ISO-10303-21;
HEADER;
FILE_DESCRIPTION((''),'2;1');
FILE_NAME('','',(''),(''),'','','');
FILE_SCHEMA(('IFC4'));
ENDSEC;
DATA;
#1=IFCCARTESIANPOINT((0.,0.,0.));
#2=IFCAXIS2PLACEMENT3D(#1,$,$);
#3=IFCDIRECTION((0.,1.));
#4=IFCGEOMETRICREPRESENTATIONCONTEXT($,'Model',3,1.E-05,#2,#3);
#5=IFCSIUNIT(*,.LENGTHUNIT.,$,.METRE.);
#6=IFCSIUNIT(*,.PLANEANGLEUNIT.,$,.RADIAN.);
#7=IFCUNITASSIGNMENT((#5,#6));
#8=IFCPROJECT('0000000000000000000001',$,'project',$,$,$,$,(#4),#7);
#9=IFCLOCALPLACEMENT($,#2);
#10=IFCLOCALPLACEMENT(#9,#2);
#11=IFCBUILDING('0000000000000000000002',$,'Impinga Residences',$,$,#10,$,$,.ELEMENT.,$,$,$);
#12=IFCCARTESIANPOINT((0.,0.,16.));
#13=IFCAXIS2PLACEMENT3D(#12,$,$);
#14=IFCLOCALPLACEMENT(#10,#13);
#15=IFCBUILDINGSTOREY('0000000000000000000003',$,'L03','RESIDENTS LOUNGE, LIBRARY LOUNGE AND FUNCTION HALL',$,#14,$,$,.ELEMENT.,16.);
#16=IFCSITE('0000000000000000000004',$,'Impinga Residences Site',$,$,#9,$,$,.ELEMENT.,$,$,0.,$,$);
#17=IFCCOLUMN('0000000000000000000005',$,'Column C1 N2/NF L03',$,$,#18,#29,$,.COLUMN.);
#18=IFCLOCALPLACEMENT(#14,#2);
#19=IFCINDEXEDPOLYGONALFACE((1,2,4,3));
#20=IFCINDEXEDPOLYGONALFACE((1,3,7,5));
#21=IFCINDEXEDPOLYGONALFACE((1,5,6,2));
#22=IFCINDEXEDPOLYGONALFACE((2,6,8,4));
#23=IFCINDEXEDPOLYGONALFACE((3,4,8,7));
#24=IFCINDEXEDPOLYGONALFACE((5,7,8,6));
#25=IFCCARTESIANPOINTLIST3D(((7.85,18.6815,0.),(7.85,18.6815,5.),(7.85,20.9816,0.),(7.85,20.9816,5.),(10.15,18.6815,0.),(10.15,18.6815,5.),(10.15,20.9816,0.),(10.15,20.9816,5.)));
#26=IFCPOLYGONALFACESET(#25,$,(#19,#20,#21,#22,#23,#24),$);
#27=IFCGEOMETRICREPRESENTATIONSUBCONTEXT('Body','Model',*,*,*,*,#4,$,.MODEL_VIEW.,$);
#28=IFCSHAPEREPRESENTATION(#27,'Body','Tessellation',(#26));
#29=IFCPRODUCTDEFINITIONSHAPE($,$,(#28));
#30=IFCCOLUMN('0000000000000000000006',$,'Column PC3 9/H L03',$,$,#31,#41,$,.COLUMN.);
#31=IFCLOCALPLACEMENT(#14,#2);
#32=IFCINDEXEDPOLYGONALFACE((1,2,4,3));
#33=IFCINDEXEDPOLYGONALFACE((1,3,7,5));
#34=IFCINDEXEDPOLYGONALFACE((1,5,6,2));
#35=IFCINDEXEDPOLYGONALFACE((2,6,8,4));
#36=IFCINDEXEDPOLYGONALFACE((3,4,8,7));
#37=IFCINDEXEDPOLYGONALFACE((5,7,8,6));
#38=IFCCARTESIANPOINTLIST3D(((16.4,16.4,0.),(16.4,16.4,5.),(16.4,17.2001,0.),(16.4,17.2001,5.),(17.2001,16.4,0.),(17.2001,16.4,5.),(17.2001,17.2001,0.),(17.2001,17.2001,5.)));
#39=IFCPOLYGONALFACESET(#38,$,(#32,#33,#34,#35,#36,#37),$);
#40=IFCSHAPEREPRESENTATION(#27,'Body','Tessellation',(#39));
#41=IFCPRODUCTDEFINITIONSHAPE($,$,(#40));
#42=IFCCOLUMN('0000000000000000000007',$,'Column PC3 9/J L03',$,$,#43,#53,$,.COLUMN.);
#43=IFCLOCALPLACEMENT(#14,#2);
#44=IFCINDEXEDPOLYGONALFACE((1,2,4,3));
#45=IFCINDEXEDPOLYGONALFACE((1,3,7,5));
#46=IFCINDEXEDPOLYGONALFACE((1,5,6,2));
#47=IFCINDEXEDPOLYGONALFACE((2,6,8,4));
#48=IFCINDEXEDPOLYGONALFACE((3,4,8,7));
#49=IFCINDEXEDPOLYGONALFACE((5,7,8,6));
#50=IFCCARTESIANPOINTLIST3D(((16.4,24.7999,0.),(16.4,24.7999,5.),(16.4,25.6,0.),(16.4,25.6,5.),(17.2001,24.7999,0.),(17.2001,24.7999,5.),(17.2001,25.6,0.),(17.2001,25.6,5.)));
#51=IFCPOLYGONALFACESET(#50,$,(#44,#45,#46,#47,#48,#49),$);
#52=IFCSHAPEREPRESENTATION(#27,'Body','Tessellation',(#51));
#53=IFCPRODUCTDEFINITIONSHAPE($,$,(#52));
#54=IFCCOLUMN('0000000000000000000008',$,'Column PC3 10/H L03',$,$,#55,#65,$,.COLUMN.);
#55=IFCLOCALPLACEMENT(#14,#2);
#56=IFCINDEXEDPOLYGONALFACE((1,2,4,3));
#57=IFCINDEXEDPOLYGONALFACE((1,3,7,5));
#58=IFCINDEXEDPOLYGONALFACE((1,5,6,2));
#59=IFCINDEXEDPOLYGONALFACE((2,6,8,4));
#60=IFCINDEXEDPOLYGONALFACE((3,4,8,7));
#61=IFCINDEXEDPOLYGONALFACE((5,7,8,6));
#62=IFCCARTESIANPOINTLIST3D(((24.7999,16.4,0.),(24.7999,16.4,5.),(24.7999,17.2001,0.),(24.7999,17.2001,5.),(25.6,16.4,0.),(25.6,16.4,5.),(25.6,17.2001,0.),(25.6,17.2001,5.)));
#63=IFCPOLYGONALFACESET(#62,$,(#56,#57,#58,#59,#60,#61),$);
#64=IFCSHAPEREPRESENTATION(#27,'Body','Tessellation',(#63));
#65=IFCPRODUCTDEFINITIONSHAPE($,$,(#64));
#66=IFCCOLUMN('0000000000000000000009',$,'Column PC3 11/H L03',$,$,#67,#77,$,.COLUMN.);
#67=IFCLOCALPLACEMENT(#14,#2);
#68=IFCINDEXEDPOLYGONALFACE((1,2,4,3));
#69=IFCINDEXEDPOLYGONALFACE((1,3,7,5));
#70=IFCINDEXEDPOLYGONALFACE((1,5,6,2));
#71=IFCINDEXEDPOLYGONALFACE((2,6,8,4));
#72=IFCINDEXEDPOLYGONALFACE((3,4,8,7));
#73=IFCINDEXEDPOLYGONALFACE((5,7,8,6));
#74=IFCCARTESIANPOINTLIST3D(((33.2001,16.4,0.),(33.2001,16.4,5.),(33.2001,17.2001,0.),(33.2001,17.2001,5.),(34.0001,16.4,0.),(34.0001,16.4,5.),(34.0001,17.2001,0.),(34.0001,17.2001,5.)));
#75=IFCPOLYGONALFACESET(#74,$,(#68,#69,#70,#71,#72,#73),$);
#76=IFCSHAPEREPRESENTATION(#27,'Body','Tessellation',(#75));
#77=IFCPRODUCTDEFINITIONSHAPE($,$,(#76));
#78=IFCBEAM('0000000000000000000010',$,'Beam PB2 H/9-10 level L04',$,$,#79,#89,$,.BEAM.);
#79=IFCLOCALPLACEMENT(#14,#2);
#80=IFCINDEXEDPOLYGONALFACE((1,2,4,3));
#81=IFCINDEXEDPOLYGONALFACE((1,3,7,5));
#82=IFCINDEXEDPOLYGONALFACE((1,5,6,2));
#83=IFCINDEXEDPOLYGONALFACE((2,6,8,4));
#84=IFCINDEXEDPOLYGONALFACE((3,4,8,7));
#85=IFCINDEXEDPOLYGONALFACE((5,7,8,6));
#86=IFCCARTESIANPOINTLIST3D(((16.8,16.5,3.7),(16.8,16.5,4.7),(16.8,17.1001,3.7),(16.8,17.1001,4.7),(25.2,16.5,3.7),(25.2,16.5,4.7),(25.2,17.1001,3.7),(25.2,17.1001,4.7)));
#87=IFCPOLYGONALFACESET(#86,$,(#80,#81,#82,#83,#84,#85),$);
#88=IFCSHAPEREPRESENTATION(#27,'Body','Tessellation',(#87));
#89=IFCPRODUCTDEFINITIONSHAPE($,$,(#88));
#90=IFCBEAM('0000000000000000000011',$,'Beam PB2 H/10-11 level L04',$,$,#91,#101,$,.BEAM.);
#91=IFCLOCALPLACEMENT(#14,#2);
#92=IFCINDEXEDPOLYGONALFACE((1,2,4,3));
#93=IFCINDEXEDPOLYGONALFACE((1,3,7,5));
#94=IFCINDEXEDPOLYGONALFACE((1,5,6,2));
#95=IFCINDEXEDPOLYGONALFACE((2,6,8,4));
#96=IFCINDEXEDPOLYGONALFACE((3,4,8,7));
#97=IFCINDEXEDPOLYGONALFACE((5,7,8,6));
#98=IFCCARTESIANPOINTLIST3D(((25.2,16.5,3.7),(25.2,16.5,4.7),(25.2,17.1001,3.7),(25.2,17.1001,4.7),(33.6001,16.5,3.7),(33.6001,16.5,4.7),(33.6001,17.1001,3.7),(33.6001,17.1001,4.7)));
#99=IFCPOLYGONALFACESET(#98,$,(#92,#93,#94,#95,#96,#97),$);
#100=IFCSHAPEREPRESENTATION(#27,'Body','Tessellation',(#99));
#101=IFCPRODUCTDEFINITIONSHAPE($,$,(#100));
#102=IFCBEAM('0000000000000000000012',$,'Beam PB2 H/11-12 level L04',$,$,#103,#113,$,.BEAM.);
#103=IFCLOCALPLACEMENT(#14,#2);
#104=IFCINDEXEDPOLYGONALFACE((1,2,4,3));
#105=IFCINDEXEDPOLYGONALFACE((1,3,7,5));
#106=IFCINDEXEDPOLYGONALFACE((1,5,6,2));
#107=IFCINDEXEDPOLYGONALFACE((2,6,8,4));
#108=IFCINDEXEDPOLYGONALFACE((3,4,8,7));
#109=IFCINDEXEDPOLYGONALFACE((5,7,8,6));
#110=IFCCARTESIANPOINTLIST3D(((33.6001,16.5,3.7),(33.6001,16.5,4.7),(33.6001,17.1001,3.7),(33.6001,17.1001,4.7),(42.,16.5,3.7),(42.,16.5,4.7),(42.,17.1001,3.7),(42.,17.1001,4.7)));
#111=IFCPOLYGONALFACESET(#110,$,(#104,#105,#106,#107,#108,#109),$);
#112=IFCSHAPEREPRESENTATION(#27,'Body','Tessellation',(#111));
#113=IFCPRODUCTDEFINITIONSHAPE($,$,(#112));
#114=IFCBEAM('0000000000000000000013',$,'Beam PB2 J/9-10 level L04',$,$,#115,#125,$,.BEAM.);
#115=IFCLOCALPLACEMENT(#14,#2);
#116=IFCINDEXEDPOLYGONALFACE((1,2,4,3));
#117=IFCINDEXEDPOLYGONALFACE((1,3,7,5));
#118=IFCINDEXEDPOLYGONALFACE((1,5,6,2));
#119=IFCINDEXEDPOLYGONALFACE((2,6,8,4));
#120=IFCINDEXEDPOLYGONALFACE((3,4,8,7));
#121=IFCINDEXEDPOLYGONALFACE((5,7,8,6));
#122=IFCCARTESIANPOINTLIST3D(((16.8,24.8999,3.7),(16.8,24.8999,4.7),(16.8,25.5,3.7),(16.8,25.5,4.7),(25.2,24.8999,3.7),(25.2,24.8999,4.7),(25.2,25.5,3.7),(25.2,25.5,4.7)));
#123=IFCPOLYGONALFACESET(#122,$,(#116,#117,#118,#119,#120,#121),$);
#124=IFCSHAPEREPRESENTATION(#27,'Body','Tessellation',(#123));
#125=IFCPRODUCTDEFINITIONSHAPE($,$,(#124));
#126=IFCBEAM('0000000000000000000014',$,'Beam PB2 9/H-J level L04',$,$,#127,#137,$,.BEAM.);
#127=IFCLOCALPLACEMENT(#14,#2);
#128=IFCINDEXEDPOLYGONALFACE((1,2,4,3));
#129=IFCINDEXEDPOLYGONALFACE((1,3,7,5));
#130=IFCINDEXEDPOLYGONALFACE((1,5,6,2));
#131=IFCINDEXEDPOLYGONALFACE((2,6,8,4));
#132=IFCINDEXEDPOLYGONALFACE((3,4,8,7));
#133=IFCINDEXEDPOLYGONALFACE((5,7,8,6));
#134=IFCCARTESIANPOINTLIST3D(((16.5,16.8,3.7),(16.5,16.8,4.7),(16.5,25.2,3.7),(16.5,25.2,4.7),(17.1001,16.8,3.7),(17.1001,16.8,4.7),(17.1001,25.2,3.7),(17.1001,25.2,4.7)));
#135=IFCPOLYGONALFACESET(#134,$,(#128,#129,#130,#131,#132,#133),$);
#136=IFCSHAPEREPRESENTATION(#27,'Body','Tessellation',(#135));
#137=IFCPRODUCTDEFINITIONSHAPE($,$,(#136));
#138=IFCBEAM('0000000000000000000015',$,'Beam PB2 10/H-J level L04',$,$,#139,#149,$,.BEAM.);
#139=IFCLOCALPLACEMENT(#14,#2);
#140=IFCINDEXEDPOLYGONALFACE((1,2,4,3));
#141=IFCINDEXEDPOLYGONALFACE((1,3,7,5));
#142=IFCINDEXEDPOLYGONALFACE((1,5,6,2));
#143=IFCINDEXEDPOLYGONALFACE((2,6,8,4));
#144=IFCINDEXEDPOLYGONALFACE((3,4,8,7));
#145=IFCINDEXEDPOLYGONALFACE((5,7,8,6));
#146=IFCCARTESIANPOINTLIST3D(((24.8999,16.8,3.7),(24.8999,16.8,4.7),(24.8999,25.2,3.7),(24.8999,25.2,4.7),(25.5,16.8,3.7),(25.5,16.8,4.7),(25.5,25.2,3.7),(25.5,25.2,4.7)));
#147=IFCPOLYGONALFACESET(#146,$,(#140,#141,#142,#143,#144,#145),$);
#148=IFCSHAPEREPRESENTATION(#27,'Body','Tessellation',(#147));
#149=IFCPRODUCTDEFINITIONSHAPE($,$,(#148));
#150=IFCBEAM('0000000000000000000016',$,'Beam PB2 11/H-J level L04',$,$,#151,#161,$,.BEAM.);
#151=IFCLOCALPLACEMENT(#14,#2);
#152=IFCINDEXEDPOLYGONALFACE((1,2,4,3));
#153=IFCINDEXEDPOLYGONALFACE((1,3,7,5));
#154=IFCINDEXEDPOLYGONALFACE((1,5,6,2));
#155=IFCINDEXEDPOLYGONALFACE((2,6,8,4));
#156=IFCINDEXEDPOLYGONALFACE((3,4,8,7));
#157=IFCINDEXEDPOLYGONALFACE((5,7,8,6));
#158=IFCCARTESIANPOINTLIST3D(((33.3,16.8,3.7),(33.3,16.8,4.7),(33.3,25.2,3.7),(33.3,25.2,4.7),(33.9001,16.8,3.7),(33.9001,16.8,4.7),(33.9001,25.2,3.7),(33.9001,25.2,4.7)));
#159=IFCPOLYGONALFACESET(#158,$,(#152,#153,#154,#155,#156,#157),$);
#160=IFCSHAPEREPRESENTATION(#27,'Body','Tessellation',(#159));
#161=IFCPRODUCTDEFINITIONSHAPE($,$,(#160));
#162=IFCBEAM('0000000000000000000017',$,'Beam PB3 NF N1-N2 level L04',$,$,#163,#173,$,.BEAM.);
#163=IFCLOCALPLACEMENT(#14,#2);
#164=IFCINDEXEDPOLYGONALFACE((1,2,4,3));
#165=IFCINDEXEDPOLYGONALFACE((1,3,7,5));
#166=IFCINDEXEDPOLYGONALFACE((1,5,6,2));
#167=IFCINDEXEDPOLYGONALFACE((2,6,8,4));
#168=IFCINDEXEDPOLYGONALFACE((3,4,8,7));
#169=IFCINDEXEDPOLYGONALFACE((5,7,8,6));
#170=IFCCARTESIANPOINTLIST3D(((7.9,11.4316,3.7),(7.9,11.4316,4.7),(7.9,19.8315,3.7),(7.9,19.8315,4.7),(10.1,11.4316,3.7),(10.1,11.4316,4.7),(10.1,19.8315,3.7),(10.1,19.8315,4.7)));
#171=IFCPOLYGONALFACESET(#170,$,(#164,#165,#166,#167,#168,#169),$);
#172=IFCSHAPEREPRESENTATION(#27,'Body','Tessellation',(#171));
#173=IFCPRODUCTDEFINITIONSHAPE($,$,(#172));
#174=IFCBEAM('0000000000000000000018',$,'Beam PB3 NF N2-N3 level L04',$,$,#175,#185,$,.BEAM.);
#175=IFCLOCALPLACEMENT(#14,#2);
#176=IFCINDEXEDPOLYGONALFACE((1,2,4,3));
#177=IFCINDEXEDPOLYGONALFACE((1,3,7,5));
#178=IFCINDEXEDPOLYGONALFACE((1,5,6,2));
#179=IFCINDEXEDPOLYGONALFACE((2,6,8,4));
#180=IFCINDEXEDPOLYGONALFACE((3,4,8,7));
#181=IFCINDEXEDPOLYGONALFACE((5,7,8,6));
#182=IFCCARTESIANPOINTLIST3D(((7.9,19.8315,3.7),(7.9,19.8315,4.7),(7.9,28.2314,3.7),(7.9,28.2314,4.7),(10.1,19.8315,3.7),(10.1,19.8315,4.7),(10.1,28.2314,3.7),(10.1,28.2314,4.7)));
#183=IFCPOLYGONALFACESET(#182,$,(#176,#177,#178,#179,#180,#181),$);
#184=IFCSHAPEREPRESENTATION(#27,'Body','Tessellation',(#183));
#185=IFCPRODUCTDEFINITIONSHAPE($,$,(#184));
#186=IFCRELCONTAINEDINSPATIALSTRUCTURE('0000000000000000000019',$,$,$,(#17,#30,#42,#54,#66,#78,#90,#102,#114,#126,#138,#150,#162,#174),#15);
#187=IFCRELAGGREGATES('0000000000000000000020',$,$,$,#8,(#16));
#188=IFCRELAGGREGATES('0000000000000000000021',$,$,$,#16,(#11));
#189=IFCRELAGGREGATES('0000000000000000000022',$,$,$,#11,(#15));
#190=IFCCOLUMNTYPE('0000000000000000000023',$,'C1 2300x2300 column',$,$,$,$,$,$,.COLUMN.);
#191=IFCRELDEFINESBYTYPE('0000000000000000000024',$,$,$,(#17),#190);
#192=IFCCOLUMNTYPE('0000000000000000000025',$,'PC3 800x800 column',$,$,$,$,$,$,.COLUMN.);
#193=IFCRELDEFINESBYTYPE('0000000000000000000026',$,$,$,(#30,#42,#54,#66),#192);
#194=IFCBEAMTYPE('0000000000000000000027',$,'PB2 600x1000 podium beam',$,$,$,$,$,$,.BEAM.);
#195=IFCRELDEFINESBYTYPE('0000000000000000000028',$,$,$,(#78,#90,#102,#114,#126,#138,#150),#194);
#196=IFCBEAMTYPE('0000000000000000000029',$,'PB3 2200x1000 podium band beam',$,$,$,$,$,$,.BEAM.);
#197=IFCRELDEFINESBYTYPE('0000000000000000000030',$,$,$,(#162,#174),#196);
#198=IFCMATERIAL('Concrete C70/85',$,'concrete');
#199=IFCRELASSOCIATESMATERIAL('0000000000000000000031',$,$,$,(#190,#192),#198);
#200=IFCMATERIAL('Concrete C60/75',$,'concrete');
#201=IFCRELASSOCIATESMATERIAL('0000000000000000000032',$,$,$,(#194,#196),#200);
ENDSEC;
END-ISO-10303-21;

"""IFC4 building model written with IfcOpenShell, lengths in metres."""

from ifc_helpers import new_model, si_unit, direction, frame, origin, origin_2d, place, context, subcontext, project, spatial, rectangle, extrude, material, material_profile, profile_set, type_object, element, save


model = new_model("IFC4")

# Units and contexts
model_context = context("Model", 3, precision=1e-05, world=origin(), true_north=direction((0.0, 1.0)))
body_context = subcontext(model_context, "Body", "Model", "MODEL_VIEW")
ifc_project = project(units=[si_unit("LENGTHUNIT", "METRE"), si_unit("PLANEANGLEUNIT", "RADIAN")], contexts=[model_context])

# Site, building, storey
site_placement = place(None, origin())
site = spatial("IfcSite", under=ifc_project, at=site_placement, Name="Impinga Residences Site", CompositionType="ELEMENT", RefElevation=0.0)
building_placement = place(site_placement, origin())
building = spatial("IfcBuilding", under=site, at=building_placement, Name="Impinga Residences", CompositionType="ELEMENT")
storey_placement = place(building_placement, frame((0.0, 0.0, 16.0)))
storey = spatial("IfcBuildingStorey", under=building, at=storey_placement, Name="L03", Description="RESIDENTS LOUNGE, LIBRARY LOUNGE AND FUNCTION HALL", CompositionType="ELEMENT", Elevation=16.0)

# Columns
ifc_material_1 = material(Name="Concrete C70/85", Category="concrete")
ifc_material_profile_1 = material_profile(ifc_material_1, rectangle(XDim=2.3, YDim=2.3, at=origin_2d()), Name="RC 2300x2300")
ifc_profile_set_1 = profile_set([ifc_material_profile_1], Name="Concrete C70/85")
column_type_1 = type_object("IfcColumnType", Name="C1 2300x2300 column", PredefinedType="COLUMN", material=ifc_profile_set_1)
column_placement = place(storey_placement, frame((9.0, 19.8315, 0.0), z_axis=(0.0, 0.0, 1.0), x_axis=(1.0, 0.0, 0.0)))
element("IfcColumn", 1, at=column_placement, inside=storey, type_object=column_type_1, Name="Column C1 N2/NF L03", PredefinedType="COLUMN", context=body_context, shape_type="SweptSolid", body=[
    extrude(rectangle(XDim=2.3, YDim=2.3, at=origin_2d()), origin(), (0.0, 0.0, 1.0), 5.0),
])
ifc_material_profile_2 = material_profile(ifc_material_1, rectangle(XDim=0.8, YDim=0.8, at=origin_2d()), Name="RC 800x800")
ifc_profile_set_2 = profile_set([ifc_material_profile_2], Name="Concrete C70/85")
column_type_2 = type_object("IfcColumnType", Name="PC3 800x800 column", PredefinedType="COLUMN", material=ifc_profile_set_2)
for number, where, z_axis, x_axis, name in (
    (2, (16.8, 16.8, 0.0), (0.0, 0.0, 1.0), (1.0, 0.0, 0.0), "Column PC3 9/H L03"),
    (3, (16.8, 25.2, 0.0), (0.0, 0.0, 1.0), (1.0, 0.0, 0.0), "Column PC3 9/J L03"),
    (4, (25.2, 16.8, 0.0), (0.0, 0.0, 1.0), (1.0, 0.0, 0.0), "Column PC3 10/H L03"),
    (5, (33.6001, 16.8, 0.0), (0.0, 0.0, 1.0), (1.0, 0.0, 0.0), "Column PC3 11/H L03"),
):
    element("IfcColumn", number, at=place(storey_placement, frame(where, z_axis=z_axis, x_axis=x_axis)), inside=storey, type_object=column_type_2, Name=name, PredefinedType="COLUMN", context=body_context, shape_type="SweptSolid", body=[
        extrude(rectangle(XDim=0.8, YDim=0.8, at=origin_2d()), origin(), (0.0, 0.0, 1.0), 5.0),
    ])

# Beams
ifc_material_2 = material(Name="Concrete C60/75", Category="concrete")
ifc_material_profile_3 = material_profile(ifc_material_2, rectangle(XDim=0.6001, YDim=1.0, at=origin_2d()), Name="RC 600x1000")
ifc_profile_set_3 = profile_set([ifc_material_profile_3], Name="Concrete C60/75")
beam_type_1 = type_object("IfcBeamType", Name="PB2 600x1000 podium beam", PredefinedType="BEAM", material=ifc_profile_set_3)
beam_1_placement = place(storey_placement, frame((16.8, 16.8, 4.2), z_axis=(1.0, 0.0, 0.0), x_axis=(0.0, 1.0, 0.0)))
element("IfcBeam", 6, at=beam_1_placement, inside=storey, type_object=beam_type_1, Name="Beam PB2 H/9-10 level L04", PredefinedType="BEAM", context=body_context, shape_type="SweptSolid", body=[
    extrude(rectangle(XDim=0.6001, YDim=1.0, at=origin_2d()), origin(), (0.0, 0.0, 1.0), 8.3999),
])
beam_2_placement = place(storey_placement, frame((25.2, 16.8, 4.2), z_axis=(1.0, 0.0, 0.0), x_axis=(0.0, 1.0, 0.0)))
element("IfcBeam", 7, at=beam_2_placement, inside=storey, type_object=beam_type_1, Name="Beam PB2 H/10-11 level L04", PredefinedType="BEAM", context=body_context, shape_type="SweptSolid", body=[
    extrude(rectangle(XDim=0.6001, YDim=1.0, at=origin_2d()), origin(), (0.0, 0.0, 1.0), 8.4001),
])
for number, where, z_axis, x_axis, name in (
    (8, (33.6001, 16.8, 4.2), (1.0, 0.0, 0.0), (0.0, 1.0, 0.0), "Beam PB2 H/11-12 level L04"),
    (9, (16.8, 25.2, 4.2), (1.0, 0.0, 0.0), (0.0, 1.0, 0.0), "Beam PB2 J/9-10 level L04"),
    (10, (16.8, 16.8, 4.2), (0.0, 1.0, 0.0), (-1.0, 0.0, 0.0), "Beam PB2 9/H-J level L04"),
    (11, (25.2, 16.8, 4.2), (0.0, 1.0, 0.0), (-1.0, 0.0, 0.0), "Beam PB2 10/H-J level L04"),
    (12, (33.6001, 16.8, 4.2), (0.0, 1.0, 0.0), (-1.0, 0.0, 0.0), "Beam PB2 11/H-J level L04"),
):
    element("IfcBeam", number, at=place(storey_placement, frame(where, z_axis=z_axis, x_axis=x_axis)), inside=storey, type_object=beam_type_1, Name=name, PredefinedType="BEAM", context=body_context, shape_type="SweptSolid", body=[
        extrude(rectangle(XDim=0.6001, YDim=1.0, at=origin_2d()), origin(), (0.0, 0.0, 1.0), 8.3999),
    ])
ifc_material_profile_4 = material_profile(ifc_material_2, rectangle(XDim=2.2, YDim=1.0, at=origin_2d()), Name="RC 2200x1000")
ifc_profile_set_4 = profile_set([ifc_material_profile_4], Name="Concrete C60/75")
beam_type_2 = type_object("IfcBeamType", Name="PB3 2200x1000 podium band beam", PredefinedType="BEAM", material=ifc_profile_set_4)
for number, where, z_axis, x_axis, name in (
    (13, (9.0, 11.4316, 4.2), (0.0, 1.0, 0.0), (-1.0, 0.0, 0.0), "Beam PB3 NF N1-N2 level L04"),
    (14, (9.0, 19.8315, 4.2), (0.0, 1.0, 0.0), (-1.0, 0.0, 0.0), "Beam PB3 NF N2-N3 level L04"),
):
    element("IfcBeam", number, at=place(storey_placement, frame(where, z_axis=z_axis, x_axis=x_axis)), inside=storey, type_object=beam_type_2, Name=name, PredefinedType="BEAM", context=body_context, shape_type="SweptSolid", body=[
        extrude(rectangle(XDim=2.2, YDim=1.0, at=origin_2d()), origin(), (0.0, 0.0, 1.0), 8.3999),
    ])

save(model, "model.ifc")
